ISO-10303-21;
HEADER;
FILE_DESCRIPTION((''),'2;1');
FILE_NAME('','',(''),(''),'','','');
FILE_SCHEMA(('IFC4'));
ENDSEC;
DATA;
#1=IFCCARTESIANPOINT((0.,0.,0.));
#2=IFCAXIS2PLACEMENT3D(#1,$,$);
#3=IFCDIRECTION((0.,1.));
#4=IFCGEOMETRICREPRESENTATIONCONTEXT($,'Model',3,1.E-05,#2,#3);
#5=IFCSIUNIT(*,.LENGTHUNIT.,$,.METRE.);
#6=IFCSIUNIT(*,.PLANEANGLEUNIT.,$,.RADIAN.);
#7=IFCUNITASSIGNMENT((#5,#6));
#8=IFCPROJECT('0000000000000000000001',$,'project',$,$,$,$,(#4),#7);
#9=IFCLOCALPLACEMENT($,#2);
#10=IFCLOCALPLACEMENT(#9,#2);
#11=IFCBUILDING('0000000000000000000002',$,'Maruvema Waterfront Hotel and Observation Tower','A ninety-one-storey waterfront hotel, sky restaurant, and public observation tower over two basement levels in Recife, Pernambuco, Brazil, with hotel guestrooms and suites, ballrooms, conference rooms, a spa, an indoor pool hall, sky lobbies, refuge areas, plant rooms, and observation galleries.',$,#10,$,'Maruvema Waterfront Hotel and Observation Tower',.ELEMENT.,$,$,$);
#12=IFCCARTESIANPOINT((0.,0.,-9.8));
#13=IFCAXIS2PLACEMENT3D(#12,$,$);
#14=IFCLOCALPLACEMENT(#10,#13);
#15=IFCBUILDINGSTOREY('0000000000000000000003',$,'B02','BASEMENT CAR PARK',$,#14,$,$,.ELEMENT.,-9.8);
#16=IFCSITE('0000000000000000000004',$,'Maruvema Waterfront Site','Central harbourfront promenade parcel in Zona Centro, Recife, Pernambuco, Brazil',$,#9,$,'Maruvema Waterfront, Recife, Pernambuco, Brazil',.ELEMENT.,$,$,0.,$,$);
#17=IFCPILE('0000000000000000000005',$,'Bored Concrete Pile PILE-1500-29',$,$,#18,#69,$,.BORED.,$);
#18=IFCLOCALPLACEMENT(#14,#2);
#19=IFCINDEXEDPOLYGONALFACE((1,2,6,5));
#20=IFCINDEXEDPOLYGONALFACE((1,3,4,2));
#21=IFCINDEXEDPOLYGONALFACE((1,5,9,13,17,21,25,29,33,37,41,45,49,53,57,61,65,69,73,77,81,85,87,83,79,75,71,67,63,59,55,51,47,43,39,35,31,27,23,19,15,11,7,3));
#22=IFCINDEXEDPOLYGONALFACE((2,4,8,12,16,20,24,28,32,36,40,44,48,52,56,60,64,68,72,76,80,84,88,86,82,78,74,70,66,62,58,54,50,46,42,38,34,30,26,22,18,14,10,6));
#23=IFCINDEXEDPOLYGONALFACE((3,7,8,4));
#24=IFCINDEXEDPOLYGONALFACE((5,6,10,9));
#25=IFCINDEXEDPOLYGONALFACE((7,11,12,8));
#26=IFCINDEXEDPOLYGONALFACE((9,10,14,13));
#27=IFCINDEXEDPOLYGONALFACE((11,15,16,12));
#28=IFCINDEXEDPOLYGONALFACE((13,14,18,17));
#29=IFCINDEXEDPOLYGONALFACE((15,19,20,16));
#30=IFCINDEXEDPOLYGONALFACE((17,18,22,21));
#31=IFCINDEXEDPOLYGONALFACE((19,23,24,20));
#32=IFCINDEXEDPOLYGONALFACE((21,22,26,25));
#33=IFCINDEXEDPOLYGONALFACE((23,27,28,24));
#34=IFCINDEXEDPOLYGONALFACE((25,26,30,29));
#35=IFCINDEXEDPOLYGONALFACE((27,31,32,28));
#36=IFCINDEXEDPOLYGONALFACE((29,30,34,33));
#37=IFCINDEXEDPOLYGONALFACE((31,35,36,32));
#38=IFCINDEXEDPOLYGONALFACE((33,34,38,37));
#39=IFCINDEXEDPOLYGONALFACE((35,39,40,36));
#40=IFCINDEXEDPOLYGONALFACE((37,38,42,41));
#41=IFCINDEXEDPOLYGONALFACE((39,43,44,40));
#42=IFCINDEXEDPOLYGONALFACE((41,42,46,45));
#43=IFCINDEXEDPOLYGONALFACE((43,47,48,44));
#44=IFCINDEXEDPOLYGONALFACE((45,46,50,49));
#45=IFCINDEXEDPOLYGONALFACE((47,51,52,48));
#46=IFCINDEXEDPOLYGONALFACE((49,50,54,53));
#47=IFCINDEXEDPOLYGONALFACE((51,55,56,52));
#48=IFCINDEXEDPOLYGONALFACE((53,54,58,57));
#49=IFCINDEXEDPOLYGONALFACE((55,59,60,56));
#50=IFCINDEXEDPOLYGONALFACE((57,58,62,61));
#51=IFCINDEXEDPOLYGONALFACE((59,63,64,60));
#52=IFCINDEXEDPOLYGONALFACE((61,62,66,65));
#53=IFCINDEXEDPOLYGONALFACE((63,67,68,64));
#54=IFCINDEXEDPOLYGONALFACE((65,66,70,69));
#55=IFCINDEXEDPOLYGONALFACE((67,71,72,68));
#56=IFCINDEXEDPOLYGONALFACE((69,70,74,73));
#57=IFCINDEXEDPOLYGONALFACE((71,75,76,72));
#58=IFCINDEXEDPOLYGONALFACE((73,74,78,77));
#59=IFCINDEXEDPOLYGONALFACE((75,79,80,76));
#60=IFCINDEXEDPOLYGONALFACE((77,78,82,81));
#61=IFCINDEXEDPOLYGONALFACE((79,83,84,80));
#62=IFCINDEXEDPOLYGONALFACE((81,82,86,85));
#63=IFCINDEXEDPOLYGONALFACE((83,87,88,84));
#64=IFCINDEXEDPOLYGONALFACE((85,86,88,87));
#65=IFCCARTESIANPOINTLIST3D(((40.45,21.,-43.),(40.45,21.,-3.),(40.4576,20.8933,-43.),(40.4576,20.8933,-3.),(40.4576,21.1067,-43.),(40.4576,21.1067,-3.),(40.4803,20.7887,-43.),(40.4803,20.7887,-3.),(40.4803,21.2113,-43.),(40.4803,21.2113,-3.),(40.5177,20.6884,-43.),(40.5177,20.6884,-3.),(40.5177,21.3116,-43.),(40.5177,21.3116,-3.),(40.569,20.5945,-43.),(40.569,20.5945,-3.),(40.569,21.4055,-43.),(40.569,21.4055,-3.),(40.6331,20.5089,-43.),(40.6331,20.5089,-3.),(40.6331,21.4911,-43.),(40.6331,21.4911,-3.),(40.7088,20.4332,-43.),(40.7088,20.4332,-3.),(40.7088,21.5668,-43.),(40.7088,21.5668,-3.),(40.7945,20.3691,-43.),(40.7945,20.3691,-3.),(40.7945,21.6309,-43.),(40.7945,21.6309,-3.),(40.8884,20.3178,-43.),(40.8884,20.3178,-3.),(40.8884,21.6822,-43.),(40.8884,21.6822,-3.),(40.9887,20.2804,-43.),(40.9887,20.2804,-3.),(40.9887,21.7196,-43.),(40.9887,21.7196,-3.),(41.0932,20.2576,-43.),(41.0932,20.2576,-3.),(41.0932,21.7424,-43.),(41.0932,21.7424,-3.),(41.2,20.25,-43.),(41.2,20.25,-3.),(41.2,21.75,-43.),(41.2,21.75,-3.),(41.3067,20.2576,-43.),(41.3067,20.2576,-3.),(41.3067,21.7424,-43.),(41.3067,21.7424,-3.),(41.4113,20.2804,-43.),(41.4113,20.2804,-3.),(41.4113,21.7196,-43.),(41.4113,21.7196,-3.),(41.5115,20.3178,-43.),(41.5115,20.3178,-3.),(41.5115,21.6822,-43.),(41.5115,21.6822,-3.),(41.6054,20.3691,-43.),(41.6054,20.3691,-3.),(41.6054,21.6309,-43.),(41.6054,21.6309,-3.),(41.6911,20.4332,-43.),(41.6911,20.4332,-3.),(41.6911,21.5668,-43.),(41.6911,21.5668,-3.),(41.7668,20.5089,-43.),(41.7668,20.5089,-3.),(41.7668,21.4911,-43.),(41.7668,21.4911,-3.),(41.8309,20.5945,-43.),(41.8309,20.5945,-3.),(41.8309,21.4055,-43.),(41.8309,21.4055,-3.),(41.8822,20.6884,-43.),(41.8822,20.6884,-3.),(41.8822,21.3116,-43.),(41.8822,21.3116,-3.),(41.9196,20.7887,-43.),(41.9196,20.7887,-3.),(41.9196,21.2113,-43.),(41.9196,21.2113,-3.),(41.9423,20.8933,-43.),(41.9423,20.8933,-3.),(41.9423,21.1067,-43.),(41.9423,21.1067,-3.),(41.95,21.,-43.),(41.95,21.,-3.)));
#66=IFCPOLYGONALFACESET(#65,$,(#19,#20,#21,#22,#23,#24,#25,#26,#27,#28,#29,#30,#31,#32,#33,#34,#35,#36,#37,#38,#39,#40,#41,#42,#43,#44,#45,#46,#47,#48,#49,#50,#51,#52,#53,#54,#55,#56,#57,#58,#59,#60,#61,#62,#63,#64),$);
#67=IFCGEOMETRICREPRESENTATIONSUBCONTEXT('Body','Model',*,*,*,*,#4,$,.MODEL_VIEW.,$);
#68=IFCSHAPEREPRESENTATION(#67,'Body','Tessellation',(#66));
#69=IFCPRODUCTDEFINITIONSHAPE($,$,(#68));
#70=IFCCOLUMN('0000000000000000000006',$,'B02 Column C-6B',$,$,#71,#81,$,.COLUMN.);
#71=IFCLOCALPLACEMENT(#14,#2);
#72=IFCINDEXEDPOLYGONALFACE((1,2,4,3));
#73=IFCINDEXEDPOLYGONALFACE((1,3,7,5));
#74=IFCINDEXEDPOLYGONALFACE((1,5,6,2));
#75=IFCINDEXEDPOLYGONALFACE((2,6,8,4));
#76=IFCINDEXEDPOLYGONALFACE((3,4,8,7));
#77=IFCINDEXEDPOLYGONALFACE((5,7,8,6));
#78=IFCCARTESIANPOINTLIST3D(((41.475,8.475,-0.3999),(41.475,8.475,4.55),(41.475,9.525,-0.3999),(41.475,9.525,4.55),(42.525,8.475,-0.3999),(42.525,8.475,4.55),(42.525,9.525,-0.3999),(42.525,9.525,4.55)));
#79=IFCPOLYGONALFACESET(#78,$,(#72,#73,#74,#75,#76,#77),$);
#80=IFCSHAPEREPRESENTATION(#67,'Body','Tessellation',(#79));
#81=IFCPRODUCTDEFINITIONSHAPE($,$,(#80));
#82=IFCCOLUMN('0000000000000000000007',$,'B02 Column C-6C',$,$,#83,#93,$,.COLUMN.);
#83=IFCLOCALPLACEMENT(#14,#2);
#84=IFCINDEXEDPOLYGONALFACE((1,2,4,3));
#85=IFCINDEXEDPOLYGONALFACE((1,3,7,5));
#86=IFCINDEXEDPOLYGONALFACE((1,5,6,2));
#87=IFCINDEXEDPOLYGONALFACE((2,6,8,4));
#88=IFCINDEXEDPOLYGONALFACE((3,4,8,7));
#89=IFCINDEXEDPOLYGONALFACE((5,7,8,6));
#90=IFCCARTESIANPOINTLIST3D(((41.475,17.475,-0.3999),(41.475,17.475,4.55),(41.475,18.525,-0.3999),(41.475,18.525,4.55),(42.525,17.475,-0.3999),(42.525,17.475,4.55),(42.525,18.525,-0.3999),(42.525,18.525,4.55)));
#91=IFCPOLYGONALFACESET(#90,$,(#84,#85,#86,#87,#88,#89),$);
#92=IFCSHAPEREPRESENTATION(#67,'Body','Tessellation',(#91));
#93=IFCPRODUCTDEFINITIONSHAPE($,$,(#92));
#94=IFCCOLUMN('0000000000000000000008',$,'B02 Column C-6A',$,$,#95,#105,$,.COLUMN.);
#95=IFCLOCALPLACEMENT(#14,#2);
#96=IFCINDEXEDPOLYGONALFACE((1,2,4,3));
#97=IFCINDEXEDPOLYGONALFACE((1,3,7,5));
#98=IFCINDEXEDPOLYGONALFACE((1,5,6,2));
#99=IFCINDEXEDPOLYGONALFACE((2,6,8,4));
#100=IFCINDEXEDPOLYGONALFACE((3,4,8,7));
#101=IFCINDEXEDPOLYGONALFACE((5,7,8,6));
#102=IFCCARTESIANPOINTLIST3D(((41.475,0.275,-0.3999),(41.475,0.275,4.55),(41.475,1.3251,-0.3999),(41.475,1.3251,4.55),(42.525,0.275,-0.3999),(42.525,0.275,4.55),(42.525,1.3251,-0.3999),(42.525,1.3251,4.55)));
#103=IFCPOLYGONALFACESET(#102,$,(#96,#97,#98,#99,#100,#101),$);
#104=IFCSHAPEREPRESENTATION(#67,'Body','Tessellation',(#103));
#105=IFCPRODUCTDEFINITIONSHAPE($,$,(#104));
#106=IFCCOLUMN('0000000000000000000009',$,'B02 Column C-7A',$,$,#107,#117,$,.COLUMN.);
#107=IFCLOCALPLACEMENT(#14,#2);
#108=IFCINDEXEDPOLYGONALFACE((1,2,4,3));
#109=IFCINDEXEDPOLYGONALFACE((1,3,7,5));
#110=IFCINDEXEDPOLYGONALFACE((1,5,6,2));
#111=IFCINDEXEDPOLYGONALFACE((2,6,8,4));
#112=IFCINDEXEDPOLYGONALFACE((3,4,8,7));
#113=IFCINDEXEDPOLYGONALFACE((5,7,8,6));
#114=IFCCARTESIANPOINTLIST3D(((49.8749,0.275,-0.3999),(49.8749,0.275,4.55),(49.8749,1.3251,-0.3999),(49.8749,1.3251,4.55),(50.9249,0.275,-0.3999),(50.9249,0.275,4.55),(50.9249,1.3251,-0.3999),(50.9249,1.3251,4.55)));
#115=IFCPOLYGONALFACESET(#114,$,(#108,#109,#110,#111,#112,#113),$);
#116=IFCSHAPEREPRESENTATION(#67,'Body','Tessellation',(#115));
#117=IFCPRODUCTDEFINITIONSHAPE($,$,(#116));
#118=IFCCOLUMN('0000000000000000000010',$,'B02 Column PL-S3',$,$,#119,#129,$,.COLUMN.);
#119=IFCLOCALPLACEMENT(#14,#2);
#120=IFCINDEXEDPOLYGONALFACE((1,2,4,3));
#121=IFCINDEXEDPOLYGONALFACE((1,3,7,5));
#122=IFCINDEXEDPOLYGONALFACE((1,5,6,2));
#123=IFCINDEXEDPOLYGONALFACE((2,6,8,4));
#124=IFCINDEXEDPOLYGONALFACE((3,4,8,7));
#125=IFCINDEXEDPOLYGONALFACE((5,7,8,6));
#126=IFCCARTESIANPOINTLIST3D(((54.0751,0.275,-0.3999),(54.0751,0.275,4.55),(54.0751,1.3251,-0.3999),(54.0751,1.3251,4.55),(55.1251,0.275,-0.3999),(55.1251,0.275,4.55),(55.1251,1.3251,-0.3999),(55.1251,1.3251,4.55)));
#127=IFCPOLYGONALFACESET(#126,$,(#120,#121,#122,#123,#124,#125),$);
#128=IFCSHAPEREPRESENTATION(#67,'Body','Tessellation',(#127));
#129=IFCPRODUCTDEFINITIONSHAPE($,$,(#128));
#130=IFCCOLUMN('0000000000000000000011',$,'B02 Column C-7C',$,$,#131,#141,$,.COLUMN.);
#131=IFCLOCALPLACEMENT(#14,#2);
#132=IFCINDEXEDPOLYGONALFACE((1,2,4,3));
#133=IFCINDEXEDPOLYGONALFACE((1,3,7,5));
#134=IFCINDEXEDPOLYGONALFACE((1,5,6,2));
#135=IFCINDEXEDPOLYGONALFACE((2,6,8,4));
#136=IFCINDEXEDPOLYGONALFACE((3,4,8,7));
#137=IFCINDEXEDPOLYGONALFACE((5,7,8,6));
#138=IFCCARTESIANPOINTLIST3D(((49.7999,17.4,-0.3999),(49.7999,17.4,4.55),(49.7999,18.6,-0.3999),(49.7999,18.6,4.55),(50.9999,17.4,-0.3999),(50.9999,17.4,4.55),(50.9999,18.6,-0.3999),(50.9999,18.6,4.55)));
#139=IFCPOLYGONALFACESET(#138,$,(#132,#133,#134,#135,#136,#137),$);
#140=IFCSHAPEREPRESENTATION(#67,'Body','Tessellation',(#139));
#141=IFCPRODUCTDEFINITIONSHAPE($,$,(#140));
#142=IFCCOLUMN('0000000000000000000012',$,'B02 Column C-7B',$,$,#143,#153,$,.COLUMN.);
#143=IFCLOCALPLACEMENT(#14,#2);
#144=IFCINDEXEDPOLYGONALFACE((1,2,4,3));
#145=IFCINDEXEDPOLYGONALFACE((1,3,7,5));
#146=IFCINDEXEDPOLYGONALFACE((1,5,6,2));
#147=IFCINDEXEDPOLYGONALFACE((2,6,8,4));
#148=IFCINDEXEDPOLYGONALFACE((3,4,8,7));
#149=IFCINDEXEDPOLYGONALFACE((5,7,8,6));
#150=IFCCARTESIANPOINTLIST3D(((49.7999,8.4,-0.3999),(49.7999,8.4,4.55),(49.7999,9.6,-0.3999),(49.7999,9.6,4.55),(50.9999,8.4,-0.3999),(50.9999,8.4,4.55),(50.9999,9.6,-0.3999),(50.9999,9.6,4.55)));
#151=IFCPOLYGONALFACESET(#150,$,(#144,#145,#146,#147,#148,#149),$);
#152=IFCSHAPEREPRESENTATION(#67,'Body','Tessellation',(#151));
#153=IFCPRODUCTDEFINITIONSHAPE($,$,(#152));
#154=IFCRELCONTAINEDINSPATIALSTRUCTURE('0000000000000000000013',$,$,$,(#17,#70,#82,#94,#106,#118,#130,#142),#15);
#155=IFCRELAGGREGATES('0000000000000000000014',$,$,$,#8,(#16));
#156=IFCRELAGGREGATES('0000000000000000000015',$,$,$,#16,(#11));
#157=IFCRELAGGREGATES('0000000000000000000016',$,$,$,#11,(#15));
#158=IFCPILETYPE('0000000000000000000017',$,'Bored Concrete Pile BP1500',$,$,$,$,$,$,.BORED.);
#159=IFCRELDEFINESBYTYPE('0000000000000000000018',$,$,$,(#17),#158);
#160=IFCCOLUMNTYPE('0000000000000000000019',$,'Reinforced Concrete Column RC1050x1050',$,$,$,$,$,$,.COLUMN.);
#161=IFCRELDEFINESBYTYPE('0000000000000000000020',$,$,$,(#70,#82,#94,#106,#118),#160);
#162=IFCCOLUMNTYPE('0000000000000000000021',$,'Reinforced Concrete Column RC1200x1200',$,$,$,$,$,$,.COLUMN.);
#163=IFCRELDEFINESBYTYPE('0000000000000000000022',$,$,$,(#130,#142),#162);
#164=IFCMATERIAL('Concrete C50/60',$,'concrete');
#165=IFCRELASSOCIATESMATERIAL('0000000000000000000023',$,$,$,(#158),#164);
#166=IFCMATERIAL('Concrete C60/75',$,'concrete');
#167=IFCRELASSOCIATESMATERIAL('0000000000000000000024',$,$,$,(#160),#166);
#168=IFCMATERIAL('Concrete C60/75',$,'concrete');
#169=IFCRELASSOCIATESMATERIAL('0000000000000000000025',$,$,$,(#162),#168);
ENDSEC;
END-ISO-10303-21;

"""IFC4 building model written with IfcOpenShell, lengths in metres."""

from ifc_helpers import new_model, si_unit, direction, frame, origin, origin_2d, place, context, subcontext, project, spatial, rectangle, circle, extrude, material, material_profile, profile_set, type_object, element, save


model = new_model("IFC4")

# Units and contexts
model_context = context("Model", 3, precision=1e-05, world=origin(), true_north=direction((0.0, 1.0)))
body_context = subcontext(model_context, "Body", "Model", "MODEL_VIEW")
ifc_project = project(units=[si_unit("LENGTHUNIT", "METRE"), si_unit("PLANEANGLEUNIT", "RADIAN")], contexts=[model_context])

# Site, building, storey
site_placement = place(None, origin())
site = spatial("IfcSite", under=ifc_project, at=site_placement, Name="Maruvema Waterfront Site", Description="Central harbourfront promenade parcel in Zona Centro, Recife, Pernambuco, Brazil", LongName="Maruvema Waterfront, Recife, Pernambuco, Brazil", CompositionType="ELEMENT", RefElevation=0.0)
building_placement = place(site_placement, origin())
building = spatial("IfcBuilding", under=site, at=building_placement, Name="Maruvema Waterfront Hotel and Observation Tower", Description="A ninety-one-storey waterfront hotel, sky restaurant, and public observation tower over two basement levels in Recife, Pernambuco, Brazil, with hotel guestrooms and suites, ballrooms, conference rooms, a spa, an indoor pool hall, sky lobbies, refuge areas, plant rooms, and observation galleries.", LongName="Maruvema Waterfront Hotel and Observation Tower", CompositionType="ELEMENT")
storey_placement = place(building_placement, frame((0.0, 0.0, -9.8)))
storey = spatial("IfcBuildingStorey", under=building, at=storey_placement, Name="B02", Description="BASEMENT CAR PARK", CompositionType="ELEMENT", Elevation=-9.8)

# Pile
ifc_material_1 = material(Name="Concrete C50/60", Category="concrete")
ifc_material_profile_1 = material_profile(ifc_material_1, circle(Radius=0.75, at=origin_2d()), Name="BP1500")
ifc_profile_set_1 = profile_set([ifc_material_profile_1], Name="Concrete C50/60")
pile_type = type_object("IfcPileType", Name="Bored Concrete Pile BP1500", PredefinedType="BORED", material=ifc_profile_set_1)
for number, where, z_axis, x_axis, name in (
    (1, (41.2, 21.0, -3.0), (0.0, 0.0, -1.0), (1.0, 0.0, 0.0), "Bored Concrete Pile PILE-1500-29"),
):
    element("IfcPile", number, at=place(storey_placement, frame(where, z_axis=z_axis, x_axis=x_axis)), inside=storey, type_object=pile_type, Name=name, PredefinedType="BORED", context=body_context, shape_type="SweptSolid", body=[
        extrude(circle(Radius=0.75, at=origin_2d()), origin(), (0.0, 0.0, 1.0), 40.0),
    ])

# Columns
ifc_material_2 = material(Name="Concrete C60/75", Category="concrete")
ifc_material_profile_2 = material_profile(ifc_material_2, rectangle(XDim=1.05, YDim=1.05, at=origin_2d()), Name="RC1050x1050")
ifc_profile_set_2 = profile_set([ifc_material_profile_2], Name="Concrete C60/75")
column_type_1 = type_object("IfcColumnType", Name="Reinforced Concrete Column RC1050x1050", PredefinedType="COLUMN", material=ifc_profile_set_2)
for number, where, z_axis, x_axis, name in (
    (2, (42.0, 9.0, -0.3999), (0.0, 0.0, 1.0), (1.0, 0.0, 0.0), "B02 Column C-6B"),
    (3, (42.0, 18.0, -0.3999), (0.0, 0.0, 1.0), (1.0, 0.0, 0.0), "B02 Column C-6C"),
    (4, (42.0, 0.8, -0.3999), (0.0, 0.0, 1.0), (1.0, 0.0, 0.0), "B02 Column C-6A"),
    (5, (50.3999, 0.8, -0.3999), (0.0, 0.0, 1.0), (1.0, 0.0, 0.0), "B02 Column C-7A"),
    (6, (54.6001, 0.8, -0.3999), (0.0, 0.0, 1.0), (1.0, 0.0, 0.0), "B02 Column PL-S3"),
):
    element("IfcColumn", number, at=place(storey_placement, frame(where, z_axis=z_axis, x_axis=x_axis)), inside=storey, type_object=column_type_1, Name=name, PredefinedType="COLUMN", context=body_context, shape_type="SweptSolid", body=[
        extrude(rectangle(XDim=1.05, YDim=1.05, at=origin_2d()), origin(), (0.0, 0.0, 1.0), 4.95),
    ])
ifc_material_3 = material(Name="Concrete C60/75", Category="concrete")
ifc_material_profile_3 = material_profile(ifc_material_3, rectangle(XDim=1.2, YDim=1.2, at=origin_2d()), Name="RC1200x1200")
ifc_profile_set_3 = profile_set([ifc_material_profile_3], Name="Concrete C60/75")
column_type_2 = type_object("IfcColumnType", Name="Reinforced Concrete Column RC1200x1200", PredefinedType="COLUMN", material=ifc_profile_set_3)
for number, where, z_axis, x_axis, name in (
    (7, (50.3999, 18.0, -0.3999), (0.0, 0.0, 1.0), (1.0, 0.0, 0.0), "B02 Column C-7C"),
    (8, (50.3999, 9.0, -0.3999), (0.0, 0.0, 1.0), (1.0, 0.0, 0.0), "B02 Column C-7B"),
):
    element("IfcColumn", number, at=place(storey_placement, frame(where, z_axis=z_axis, x_axis=x_axis)), inside=storey, type_object=column_type_2, Name=name, PredefinedType="COLUMN", context=body_context, shape_type="SweptSolid", body=[
        extrude(rectangle(XDim=1.2, YDim=1.2, at=origin_2d()), origin(), (0.0, 0.0, 1.0), 4.95),
    ])

save(model, "model.ifc")
